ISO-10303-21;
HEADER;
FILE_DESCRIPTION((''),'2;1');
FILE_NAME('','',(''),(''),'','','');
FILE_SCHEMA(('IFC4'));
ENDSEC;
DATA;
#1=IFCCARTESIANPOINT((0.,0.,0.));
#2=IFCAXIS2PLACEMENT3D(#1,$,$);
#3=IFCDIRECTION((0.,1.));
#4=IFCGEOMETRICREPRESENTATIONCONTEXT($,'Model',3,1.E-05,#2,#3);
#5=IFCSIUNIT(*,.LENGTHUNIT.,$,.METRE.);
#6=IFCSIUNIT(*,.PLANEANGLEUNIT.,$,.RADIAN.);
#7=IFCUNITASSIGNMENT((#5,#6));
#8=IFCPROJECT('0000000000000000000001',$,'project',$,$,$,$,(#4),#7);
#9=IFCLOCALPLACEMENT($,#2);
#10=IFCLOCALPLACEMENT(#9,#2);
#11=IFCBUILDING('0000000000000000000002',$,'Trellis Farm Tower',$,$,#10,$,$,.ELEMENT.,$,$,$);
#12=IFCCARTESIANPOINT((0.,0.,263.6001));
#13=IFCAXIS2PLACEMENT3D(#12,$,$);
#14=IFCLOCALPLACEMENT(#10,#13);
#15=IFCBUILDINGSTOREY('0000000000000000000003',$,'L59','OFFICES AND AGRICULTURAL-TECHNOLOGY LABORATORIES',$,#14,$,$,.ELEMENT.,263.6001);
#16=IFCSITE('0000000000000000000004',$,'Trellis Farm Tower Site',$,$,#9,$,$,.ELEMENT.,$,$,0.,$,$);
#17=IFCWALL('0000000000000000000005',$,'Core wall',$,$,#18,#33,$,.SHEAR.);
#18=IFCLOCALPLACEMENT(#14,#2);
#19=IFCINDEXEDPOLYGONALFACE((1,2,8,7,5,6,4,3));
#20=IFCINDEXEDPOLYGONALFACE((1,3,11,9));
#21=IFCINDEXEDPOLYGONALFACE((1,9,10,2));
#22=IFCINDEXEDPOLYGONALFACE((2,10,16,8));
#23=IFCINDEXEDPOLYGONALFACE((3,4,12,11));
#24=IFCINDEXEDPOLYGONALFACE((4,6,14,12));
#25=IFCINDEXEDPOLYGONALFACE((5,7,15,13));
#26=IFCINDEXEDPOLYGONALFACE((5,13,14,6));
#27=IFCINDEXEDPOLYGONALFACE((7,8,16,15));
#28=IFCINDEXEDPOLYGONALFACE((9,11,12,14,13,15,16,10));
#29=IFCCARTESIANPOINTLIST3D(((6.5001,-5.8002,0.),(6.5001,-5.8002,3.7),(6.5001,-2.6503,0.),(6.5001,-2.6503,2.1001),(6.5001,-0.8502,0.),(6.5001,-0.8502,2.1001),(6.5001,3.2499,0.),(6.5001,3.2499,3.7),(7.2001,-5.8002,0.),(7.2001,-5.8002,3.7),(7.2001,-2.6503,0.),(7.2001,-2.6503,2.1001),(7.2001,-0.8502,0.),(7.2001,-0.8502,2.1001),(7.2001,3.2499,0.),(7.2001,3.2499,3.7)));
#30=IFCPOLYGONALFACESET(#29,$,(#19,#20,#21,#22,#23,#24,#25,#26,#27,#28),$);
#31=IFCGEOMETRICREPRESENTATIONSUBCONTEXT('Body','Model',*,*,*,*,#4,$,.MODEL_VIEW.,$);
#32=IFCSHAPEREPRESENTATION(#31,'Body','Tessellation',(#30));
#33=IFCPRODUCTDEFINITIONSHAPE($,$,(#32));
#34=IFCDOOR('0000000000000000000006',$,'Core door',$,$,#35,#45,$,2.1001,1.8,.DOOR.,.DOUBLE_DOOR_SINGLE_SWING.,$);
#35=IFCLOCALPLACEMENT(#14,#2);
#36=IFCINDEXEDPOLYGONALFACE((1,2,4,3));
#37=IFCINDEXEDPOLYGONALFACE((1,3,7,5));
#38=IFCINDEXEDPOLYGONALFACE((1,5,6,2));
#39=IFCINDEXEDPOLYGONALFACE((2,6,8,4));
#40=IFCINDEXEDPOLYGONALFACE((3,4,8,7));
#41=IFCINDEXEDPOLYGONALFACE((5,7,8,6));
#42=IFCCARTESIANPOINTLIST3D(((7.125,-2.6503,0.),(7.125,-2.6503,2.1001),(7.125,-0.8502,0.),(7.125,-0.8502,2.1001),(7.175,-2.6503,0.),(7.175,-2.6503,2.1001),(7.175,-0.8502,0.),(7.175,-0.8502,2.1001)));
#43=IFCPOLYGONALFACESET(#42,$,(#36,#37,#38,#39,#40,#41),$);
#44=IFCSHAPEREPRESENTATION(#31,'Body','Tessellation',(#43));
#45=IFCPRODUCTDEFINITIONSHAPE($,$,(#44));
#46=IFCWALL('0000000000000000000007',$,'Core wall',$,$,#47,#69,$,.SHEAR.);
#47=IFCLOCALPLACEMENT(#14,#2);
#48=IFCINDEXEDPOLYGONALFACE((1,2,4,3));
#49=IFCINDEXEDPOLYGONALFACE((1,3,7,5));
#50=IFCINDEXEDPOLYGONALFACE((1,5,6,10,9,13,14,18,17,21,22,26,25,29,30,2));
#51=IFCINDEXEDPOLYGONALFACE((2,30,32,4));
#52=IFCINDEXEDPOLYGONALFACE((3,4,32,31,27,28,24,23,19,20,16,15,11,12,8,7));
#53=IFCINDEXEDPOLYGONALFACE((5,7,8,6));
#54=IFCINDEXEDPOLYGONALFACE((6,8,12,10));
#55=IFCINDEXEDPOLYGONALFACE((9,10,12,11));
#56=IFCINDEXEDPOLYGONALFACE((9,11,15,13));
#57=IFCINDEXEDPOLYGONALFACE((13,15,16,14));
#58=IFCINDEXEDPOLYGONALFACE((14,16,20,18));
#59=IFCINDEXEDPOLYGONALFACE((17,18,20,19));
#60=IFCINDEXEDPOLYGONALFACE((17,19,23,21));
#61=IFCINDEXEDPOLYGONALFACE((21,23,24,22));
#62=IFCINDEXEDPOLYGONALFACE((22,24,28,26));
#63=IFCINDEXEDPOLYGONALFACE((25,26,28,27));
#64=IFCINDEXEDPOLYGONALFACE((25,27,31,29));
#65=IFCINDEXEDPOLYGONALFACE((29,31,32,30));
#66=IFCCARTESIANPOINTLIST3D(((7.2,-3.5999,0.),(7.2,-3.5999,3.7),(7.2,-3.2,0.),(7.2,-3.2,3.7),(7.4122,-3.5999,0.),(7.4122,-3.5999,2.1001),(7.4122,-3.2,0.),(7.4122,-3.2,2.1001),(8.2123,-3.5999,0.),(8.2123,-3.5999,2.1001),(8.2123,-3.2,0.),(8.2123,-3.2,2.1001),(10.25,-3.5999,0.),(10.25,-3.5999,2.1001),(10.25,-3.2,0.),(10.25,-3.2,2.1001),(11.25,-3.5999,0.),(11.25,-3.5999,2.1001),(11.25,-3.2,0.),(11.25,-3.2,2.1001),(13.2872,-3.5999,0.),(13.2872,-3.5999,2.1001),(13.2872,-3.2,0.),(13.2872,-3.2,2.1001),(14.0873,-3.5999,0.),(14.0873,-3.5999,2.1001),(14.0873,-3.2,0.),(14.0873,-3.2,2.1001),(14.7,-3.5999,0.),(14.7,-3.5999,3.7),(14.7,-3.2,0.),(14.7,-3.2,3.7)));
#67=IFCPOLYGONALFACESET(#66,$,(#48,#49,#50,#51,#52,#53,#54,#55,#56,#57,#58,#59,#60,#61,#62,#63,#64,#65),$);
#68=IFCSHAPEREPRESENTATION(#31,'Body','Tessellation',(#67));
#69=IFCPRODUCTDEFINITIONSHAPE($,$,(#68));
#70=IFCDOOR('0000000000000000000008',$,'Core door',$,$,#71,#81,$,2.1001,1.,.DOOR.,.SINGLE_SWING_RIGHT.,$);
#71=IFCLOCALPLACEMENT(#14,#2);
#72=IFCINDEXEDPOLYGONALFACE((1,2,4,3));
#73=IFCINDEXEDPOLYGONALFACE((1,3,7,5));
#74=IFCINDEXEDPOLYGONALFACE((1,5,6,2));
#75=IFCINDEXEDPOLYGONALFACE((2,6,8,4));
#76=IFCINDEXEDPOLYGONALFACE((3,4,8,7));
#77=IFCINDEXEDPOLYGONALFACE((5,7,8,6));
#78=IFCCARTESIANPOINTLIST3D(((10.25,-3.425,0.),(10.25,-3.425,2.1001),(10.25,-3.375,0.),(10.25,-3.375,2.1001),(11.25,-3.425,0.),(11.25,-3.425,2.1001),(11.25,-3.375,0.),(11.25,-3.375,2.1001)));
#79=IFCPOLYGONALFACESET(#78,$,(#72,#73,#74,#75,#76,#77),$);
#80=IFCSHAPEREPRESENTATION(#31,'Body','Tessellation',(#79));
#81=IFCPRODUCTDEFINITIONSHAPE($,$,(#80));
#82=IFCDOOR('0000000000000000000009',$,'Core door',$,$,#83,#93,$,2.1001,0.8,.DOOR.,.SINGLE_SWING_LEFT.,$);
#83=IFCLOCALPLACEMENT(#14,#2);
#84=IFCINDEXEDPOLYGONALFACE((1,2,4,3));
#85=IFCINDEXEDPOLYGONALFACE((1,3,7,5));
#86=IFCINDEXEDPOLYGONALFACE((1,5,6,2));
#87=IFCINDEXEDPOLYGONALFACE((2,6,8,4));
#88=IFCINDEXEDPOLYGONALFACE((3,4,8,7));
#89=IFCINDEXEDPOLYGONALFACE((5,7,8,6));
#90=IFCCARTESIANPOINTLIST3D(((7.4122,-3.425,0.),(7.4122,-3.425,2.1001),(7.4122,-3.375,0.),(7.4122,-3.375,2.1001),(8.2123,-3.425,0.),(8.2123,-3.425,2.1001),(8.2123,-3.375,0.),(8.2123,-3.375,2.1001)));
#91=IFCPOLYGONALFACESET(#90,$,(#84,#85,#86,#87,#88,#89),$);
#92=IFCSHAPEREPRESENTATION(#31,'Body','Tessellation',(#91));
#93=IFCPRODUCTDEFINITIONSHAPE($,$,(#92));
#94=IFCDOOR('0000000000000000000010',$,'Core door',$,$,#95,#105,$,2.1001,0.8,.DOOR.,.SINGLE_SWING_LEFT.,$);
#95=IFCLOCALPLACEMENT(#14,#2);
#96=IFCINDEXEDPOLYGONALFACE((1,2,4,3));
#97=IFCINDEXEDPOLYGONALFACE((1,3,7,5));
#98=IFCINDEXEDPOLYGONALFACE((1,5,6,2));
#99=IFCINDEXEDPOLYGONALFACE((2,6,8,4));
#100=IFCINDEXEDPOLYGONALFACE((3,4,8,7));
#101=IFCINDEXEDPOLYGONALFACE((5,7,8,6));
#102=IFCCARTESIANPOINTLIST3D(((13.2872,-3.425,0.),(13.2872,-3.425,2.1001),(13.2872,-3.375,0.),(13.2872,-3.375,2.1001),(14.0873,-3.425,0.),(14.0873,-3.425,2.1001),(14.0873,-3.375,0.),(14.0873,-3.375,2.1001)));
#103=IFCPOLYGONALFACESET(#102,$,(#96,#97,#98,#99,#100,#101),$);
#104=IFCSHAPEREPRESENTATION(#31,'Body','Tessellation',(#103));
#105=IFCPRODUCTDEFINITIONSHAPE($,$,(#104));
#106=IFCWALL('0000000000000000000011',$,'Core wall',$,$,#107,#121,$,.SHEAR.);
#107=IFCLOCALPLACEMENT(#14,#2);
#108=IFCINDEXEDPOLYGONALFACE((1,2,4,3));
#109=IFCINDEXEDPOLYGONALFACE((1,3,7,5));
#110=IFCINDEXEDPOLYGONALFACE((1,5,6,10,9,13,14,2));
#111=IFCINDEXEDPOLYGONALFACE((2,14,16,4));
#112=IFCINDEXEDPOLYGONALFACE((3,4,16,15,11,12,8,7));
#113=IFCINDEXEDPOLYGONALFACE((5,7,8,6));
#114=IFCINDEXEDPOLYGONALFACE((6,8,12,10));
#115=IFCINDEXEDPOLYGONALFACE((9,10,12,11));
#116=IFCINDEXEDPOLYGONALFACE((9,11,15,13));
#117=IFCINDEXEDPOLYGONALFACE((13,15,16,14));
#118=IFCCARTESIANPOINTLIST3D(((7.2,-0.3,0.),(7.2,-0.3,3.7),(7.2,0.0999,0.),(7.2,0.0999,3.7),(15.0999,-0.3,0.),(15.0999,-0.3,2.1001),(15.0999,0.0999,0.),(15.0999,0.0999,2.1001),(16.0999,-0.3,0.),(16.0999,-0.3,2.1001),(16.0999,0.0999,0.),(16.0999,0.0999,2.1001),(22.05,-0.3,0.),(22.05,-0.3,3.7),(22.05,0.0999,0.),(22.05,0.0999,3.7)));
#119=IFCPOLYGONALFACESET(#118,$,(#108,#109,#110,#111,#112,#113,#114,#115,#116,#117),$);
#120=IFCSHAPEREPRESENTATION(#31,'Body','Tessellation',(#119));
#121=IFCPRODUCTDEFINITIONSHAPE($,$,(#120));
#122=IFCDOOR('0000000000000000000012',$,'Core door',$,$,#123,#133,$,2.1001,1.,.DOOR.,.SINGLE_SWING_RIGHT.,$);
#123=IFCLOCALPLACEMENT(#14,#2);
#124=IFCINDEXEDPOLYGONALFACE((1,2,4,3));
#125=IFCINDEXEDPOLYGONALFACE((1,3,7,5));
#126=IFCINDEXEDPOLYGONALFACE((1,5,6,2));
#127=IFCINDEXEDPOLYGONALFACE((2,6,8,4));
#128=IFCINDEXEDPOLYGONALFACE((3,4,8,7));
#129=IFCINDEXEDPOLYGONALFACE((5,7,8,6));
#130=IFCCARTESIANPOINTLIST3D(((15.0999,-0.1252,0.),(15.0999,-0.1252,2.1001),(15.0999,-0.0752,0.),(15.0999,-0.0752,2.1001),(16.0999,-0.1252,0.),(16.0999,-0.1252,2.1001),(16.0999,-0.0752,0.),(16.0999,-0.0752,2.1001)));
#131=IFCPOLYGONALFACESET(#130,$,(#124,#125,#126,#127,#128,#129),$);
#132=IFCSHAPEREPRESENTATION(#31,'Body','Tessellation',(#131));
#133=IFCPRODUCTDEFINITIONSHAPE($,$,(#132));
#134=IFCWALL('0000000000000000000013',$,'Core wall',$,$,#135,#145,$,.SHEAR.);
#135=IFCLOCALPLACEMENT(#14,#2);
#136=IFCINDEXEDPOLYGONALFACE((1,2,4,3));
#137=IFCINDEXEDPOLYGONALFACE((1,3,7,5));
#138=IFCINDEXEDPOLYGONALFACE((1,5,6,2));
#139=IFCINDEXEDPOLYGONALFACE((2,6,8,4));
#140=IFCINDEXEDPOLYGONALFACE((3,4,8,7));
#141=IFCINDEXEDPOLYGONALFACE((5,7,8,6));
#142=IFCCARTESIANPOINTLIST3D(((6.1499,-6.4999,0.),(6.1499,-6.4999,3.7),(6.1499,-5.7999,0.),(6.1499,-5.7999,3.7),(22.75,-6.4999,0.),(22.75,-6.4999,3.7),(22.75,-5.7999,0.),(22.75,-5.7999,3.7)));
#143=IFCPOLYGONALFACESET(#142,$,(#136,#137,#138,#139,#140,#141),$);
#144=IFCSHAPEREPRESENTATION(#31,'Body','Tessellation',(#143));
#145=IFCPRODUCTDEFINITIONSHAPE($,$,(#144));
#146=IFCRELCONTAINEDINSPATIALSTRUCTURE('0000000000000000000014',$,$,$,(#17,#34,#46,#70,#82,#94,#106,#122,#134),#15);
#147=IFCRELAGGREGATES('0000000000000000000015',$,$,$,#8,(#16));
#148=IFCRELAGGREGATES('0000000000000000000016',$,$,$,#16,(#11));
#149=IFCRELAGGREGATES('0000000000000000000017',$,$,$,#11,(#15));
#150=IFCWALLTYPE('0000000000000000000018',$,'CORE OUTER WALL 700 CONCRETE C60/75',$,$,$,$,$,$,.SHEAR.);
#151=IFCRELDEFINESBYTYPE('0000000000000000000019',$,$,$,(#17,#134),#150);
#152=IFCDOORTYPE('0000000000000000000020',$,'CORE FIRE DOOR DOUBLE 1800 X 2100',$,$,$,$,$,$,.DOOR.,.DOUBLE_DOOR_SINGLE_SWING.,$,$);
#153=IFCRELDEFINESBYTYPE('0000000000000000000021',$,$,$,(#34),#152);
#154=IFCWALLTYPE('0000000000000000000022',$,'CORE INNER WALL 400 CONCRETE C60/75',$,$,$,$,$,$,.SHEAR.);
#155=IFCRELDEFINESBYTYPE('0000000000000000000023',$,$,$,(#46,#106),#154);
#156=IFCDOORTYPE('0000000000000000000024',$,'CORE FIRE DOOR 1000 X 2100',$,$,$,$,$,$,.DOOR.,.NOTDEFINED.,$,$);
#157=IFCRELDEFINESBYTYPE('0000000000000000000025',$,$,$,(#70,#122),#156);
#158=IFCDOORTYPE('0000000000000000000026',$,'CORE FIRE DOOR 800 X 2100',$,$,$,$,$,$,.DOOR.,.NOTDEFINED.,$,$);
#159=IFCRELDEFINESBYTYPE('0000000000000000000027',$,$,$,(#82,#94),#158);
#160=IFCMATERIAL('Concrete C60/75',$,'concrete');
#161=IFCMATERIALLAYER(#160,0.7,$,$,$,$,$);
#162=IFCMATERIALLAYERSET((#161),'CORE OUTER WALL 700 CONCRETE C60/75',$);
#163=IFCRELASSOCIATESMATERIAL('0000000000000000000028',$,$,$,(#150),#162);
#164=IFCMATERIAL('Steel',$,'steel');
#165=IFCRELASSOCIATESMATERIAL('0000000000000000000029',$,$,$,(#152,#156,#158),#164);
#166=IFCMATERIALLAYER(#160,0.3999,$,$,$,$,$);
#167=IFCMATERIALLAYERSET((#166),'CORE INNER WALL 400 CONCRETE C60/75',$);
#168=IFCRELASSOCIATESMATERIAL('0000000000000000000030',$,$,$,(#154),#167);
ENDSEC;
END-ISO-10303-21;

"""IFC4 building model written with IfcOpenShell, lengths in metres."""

from ifc_helpers import new_model, si_unit, direction, frame, frame_2d, origin, place, context, subcontext, project, spatial, rectangle, extrude, source, transform, mapped, material, layer, layer_set, type_object, element, fill, save


model = new_model("IFC4")

# Units and contexts
model_context = context("Model", 3, precision=1e-05, world=origin(), true_north=direction((0.0, 1.0)))
body_context = subcontext(model_context, "Body", "Model", "MODEL_VIEW")
ifc_project = project(units=[si_unit("LENGTHUNIT", "METRE"), si_unit("PLANEANGLEUNIT", "RADIAN")], contexts=[model_context])

# Site, building, storey
site_placement = place(None, origin())
site = spatial("IfcSite", under=ifc_project, at=site_placement, Name="Trellis Farm Tower Site", CompositionType="ELEMENT", RefElevation=0.0)
building_placement = place(site_placement, origin())
building = spatial("IfcBuilding", under=site, at=building_placement, Name="Trellis Farm Tower", CompositionType="ELEMENT")
storey_placement = place(building_placement, frame((0.0, 0.0, 263.6001)))
storey = spatial("IfcBuildingStorey", under=building, at=storey_placement, Name="L59", Description="OFFICES AND AGRICULTURAL-TECHNOLOGY LABORATORIES", CompositionType="ELEMENT", Elevation=263.6001)

# Shared definitions
ifc_material_1 = material(Name="Concrete C60/75", Category="concrete")

# Wall, opening, door
ifc_layer_1 = layer(ifc_material_1, 0.7)
ifc_layer_set_1 = layer_set([ifc_layer_1], Name="CORE OUTER WALL 700 CONCRETE C60/75")
wall_type_1 = type_object("IfcWallType", Name="CORE OUTER WALL 700 CONCRETE C60/75", PredefinedType="SHEAR", material=ifc_layer_set_1)
shared_shape_1 = source(origin(), body_context, "Body", "SweptSolid", [
    extrude(rectangle(XDim=9.05, YDim=0.7, at=frame_2d((4.5249, 0.0))), origin(), (0.0, 0.0, 1.0), 3.7),
])
wall_1_placement = place(storey_placement, frame((6.8501, -5.8, 0.0), z_axis=(0.0, 0.0, 1.0), x_axis=(0.0, 1.0, 0.0)))
wall_1 = element("IfcWall", 1, at=wall_1_placement, inside=storey, type_object=wall_type_1, Name="Core wall", PredefinedType="SHEAR", context=body_context, shape_type="MappedRepresentation", body=[
    mapped(shared_shape_1, transform((0.0, 0.0, 0.0))),
])
shared_shape_2 = source(origin(), body_context, "Body", "SweptSolid", [
    extrude(rectangle(XDim=1.8, YDim=2.1001, at=frame_2d((0.8999, 1.05))), frame((0.0, 0.3601, 0.0), z_axis=(0.0, -1.0, 0.0), x_axis=(1.0, 0.0, 0.0)), (0.0, 0.0, 1.0), 0.7202),
])
opening_1_placement = place(wall_1_placement, frame((3.1499, 0.0, 0.0)))
opening_1 = element("IfcOpeningElement", 2, at=opening_1_placement, cuts=wall_1, PredefinedType="OPENING", context=body_context, shape_type="MappedRepresentation", body=[
    mapped(shared_shape_2, transform((0.0, 0.0, 0.0))),
])
ifc_material_2 = material(Name="Steel", Category="steel")
door_type_1 = type_object("IfcDoorType", Name="CORE FIRE DOOR DOUBLE 1800 X 2100", OperationType="DOUBLE_DOOR_SINGLE_SWING", PredefinedType="DOOR", material=ifc_material_2)
shared_shape_3 = source(origin(), body_context, "Body", "SweptSolid", [
    extrude(rectangle(XDim=1.8, YDim=2.1001, at=frame_2d((0.8999, 1.05))), frame((0.0, -0.2749, 0.0), z_axis=(0.0, -1.0, 0.0), x_axis=(1.0, 0.0, 0.0)), (0.0, 0.0, 1.0), 0.05),
])
door_1_placement = place(opening_1_placement, origin())
door_1 = element("IfcDoor", 3, at=door_1_placement, inside=storey, type_object=door_type_1, Name="Core door", OperationType="DOUBLE_DOOR_SINGLE_SWING", OverallHeight=2.1001, OverallWidth=1.8, PredefinedType="DOOR", context=body_context, shape_type="MappedRepresentation", body=[
    mapped(shared_shape_3, transform((0.0, 0.0, 0.0))),
])
fill(opening_1, door_1)

# Wall, openings, doors
ifc_layer_2 = layer(ifc_material_1, 0.3999)
ifc_layer_set_2 = layer_set([ifc_layer_2], Name="CORE INNER WALL 400 CONCRETE C60/75")
wall_type_2 = type_object("IfcWallType", Name="CORE INNER WALL 400 CONCRETE C60/75", PredefinedType="SHEAR", material=ifc_layer_set_2)
shared_shape_4 = source(origin(), body_context, "Body", "SweptSolid", [
    extrude(rectangle(XDim=7.5, YDim=0.3999, at=frame_2d((3.75, 0.0))), origin(), (0.0, 0.0, 1.0), 3.7),
])
wall_2_placement = place(storey_placement, frame((7.2, -3.3999, 0.0), z_axis=(0.0, 0.0, 1.0), x_axis=(1.0, 0.0, 0.0)))
wall_2 = element("IfcWall", 4, at=wall_2_placement, inside=storey, type_object=wall_type_2, Name="Core wall", PredefinedType="SHEAR", context=body_context, shape_type="MappedRepresentation", body=[
    mapped(shared_shape_4, transform((0.0, 0.0, 0.0))),
])
shared_shape_5 = source(origin(), body_context, "Body", "SweptSolid", [
    extrude(rectangle(XDim=0.8, YDim=2.1001, at=frame_2d((0.3999, 1.05))), frame((0.0, 0.21, 0.0), z_axis=(0.0, -1.0, 0.0), x_axis=(1.0, 0.0, 0.0)), (0.0, 0.0, 1.0), 0.4199),
])
opening_2_placement = place(wall_2_placement, frame((0.2124, 0.0, 0.0)))
opening_2 = element("IfcOpeningElement", 5, at=opening_2_placement, cuts=wall_2, PredefinedType="OPENING", context=body_context, shape_type="MappedRepresentation", body=[
    mapped(shared_shape_5, transform((0.0, 0.0, 0.0))),
])
shared_shape_6 = source(origin(), body_context, "Body", "SweptSolid", [
    extrude(rectangle(XDim=1.0, YDim=2.1001, at=frame_2d((0.5, 1.05))), frame((0.0, 0.21, 0.0), z_axis=(0.0, -1.0, 0.0), x_axis=(1.0, 0.0, 0.0)), (0.0, 0.0, 1.0), 0.4199),
])
opening_3_placement = place(wall_2_placement, frame((3.05, 0.0, 0.0)))
opening_3 = element("IfcOpeningElement", 6, at=opening_3_placement, cuts=wall_2, PredefinedType="OPENING", context=body_context, shape_type="MappedRepresentation", body=[
    mapped(shared_shape_6, transform((0.0, 0.0, 0.0))),
])
opening_4_placement = place(wall_2_placement, frame((6.0874, 0.0, 0.0)))
opening_4 = element("IfcOpeningElement", 7, at=opening_4_placement, cuts=wall_2, PredefinedType="OPENING", context=body_context, shape_type="MappedRepresentation", body=[
    mapped(shared_shape_5, transform((0.0, 0.0, 0.0))),
])
door_type_2 = type_object("IfcDoorType", Name="CORE FIRE DOOR 1000 X 2100", OperationType="NOTDEFINED", PredefinedType="DOOR", material=ifc_material_2)
shared_shape_7 = source(origin(), body_context, "Body", "SweptSolid", [
    extrude(rectangle(XDim=1.0, YDim=2.1001, at=frame_2d((0.5, 1.05))), frame((0.0, 0.0249, 0.0), z_axis=(0.0, -1.0, 0.0), x_axis=(1.0, 0.0, 0.0)), (0.0, 0.0, 1.0), 0.05),
])
door_2_placement = place(opening_3_placement, origin())
door_2 = element("IfcDoor", 8, at=door_2_placement, inside=storey, type_object=door_type_2, Name="Core door", OperationType="SINGLE_SWING_RIGHT", OverallHeight=2.1001, OverallWidth=1.0, PredefinedType="DOOR", context=body_context, shape_type="MappedRepresentation", body=[
    mapped(shared_shape_7, transform((0.0, 0.0, 0.0))),
])
fill(opening_3, door_2)
door_type_3 = type_object("IfcDoorType", Name="CORE FIRE DOOR 800 X 2100", OperationType="NOTDEFINED", PredefinedType="DOOR", material=ifc_material_2)
shared_shape_8 = source(origin(), body_context, "Body", "SweptSolid", [
    extrude(rectangle(XDim=0.8, YDim=2.1001, at=frame_2d((0.3999, 1.05))), frame((0.0, 0.0249, 0.0), z_axis=(0.0, -1.0, 0.0), x_axis=(1.0, 0.0, 0.0)), (0.0, 0.0, 1.0), 0.05),
])
door_3_placement = place(opening_2_placement, origin())
door_3 = element("IfcDoor", 9, at=door_3_placement, inside=storey, type_object=door_type_3, Name="Core door", OperationType="SINGLE_SWING_LEFT", OverallHeight=2.1001, OverallWidth=0.8, PredefinedType="DOOR", context=body_context, shape_type="MappedRepresentation", body=[
    mapped(shared_shape_8, transform((0.0, 0.0, 0.0))),
])
fill(opening_2, door_3)
door_4_placement = place(opening_4_placement, origin())
door_4 = element("IfcDoor", 10, at=door_4_placement, inside=storey, type_object=door_type_3, Name="Core door", OperationType="SINGLE_SWING_LEFT", OverallHeight=2.1001, OverallWidth=0.8, PredefinedType="DOOR", context=body_context, shape_type="MappedRepresentation", body=[
    mapped(shared_shape_8, transform((0.0, 0.0, 0.0))),
])
fill(opening_4, door_4)

# Wall, opening, door
shared_shape_9 = source(origin(), body_context, "Body", "SweptSolid", [
    extrude(rectangle(XDim=14.8501, YDim=0.3999, at=frame_2d((7.425, 0.0))), origin(), (0.0, 0.0, 1.0), 3.7),
])
wall_3_placement = place(storey_placement, frame((7.2, -0.1001, 0.0), z_axis=(0.0, 0.0, 1.0), x_axis=(1.0, 0.0, 0.0)))
wall_3 = element("IfcWall", 11, at=wall_3_placement, inside=storey, type_object=wall_type_2, Name="Core wall", PredefinedType="SHEAR", context=body_context, shape_type="MappedRepresentation", body=[
    mapped(shared_shape_9, transform((0.0, 0.0, 0.0))),
])
opening_5_placement = place(wall_3_placement, frame((7.8999, 0.0, 0.0)))
opening_5 = element("IfcOpeningElement", 12, at=opening_5_placement, cuts=wall_3, PredefinedType="OPENING", context=body_context, shape_type="MappedRepresentation", body=[
    mapped(shared_shape_6, transform((0.0, 0.0, 0.0))),
])
door_5_placement = place(opening_5_placement, origin())
door_5 = element("IfcDoor", 13, at=door_5_placement, inside=storey, type_object=door_type_2, Name="Core door", OperationType="SINGLE_SWING_RIGHT", OverallHeight=2.1001, OverallWidth=1.0, PredefinedType="DOOR", context=body_context, shape_type="MappedRepresentation", body=[
    mapped(shared_shape_7, transform((0.0, 0.0, 0.0))),
])
fill(opening_5, door_5)

# Wall
shared_shape_10 = source(origin(), body_context, "Body", "SweptSolid", [
    extrude(rectangle(XDim=16.6001, YDim=0.7, at=frame_2d((8.3, 0.0))), origin(), (0.0, 0.0, 1.0), 3.7),
])
wall_4_placement = place(storey_placement, frame((6.1499, -6.1499, 0.0), z_axis=(0.0, 0.0, 1.0), x_axis=(1.0, 0.0, 0.0)))
element("IfcWall", 14, at=wall_4_placement, inside=storey, type_object=wall_type_1, Name="Core wall", PredefinedType="SHEAR", context=body_context, shape_type="MappedRepresentation", body=[
    mapped(shared_shape_10, transform((0.0, 0.0, 0.0))),
])

save(model, "model.ifc")
